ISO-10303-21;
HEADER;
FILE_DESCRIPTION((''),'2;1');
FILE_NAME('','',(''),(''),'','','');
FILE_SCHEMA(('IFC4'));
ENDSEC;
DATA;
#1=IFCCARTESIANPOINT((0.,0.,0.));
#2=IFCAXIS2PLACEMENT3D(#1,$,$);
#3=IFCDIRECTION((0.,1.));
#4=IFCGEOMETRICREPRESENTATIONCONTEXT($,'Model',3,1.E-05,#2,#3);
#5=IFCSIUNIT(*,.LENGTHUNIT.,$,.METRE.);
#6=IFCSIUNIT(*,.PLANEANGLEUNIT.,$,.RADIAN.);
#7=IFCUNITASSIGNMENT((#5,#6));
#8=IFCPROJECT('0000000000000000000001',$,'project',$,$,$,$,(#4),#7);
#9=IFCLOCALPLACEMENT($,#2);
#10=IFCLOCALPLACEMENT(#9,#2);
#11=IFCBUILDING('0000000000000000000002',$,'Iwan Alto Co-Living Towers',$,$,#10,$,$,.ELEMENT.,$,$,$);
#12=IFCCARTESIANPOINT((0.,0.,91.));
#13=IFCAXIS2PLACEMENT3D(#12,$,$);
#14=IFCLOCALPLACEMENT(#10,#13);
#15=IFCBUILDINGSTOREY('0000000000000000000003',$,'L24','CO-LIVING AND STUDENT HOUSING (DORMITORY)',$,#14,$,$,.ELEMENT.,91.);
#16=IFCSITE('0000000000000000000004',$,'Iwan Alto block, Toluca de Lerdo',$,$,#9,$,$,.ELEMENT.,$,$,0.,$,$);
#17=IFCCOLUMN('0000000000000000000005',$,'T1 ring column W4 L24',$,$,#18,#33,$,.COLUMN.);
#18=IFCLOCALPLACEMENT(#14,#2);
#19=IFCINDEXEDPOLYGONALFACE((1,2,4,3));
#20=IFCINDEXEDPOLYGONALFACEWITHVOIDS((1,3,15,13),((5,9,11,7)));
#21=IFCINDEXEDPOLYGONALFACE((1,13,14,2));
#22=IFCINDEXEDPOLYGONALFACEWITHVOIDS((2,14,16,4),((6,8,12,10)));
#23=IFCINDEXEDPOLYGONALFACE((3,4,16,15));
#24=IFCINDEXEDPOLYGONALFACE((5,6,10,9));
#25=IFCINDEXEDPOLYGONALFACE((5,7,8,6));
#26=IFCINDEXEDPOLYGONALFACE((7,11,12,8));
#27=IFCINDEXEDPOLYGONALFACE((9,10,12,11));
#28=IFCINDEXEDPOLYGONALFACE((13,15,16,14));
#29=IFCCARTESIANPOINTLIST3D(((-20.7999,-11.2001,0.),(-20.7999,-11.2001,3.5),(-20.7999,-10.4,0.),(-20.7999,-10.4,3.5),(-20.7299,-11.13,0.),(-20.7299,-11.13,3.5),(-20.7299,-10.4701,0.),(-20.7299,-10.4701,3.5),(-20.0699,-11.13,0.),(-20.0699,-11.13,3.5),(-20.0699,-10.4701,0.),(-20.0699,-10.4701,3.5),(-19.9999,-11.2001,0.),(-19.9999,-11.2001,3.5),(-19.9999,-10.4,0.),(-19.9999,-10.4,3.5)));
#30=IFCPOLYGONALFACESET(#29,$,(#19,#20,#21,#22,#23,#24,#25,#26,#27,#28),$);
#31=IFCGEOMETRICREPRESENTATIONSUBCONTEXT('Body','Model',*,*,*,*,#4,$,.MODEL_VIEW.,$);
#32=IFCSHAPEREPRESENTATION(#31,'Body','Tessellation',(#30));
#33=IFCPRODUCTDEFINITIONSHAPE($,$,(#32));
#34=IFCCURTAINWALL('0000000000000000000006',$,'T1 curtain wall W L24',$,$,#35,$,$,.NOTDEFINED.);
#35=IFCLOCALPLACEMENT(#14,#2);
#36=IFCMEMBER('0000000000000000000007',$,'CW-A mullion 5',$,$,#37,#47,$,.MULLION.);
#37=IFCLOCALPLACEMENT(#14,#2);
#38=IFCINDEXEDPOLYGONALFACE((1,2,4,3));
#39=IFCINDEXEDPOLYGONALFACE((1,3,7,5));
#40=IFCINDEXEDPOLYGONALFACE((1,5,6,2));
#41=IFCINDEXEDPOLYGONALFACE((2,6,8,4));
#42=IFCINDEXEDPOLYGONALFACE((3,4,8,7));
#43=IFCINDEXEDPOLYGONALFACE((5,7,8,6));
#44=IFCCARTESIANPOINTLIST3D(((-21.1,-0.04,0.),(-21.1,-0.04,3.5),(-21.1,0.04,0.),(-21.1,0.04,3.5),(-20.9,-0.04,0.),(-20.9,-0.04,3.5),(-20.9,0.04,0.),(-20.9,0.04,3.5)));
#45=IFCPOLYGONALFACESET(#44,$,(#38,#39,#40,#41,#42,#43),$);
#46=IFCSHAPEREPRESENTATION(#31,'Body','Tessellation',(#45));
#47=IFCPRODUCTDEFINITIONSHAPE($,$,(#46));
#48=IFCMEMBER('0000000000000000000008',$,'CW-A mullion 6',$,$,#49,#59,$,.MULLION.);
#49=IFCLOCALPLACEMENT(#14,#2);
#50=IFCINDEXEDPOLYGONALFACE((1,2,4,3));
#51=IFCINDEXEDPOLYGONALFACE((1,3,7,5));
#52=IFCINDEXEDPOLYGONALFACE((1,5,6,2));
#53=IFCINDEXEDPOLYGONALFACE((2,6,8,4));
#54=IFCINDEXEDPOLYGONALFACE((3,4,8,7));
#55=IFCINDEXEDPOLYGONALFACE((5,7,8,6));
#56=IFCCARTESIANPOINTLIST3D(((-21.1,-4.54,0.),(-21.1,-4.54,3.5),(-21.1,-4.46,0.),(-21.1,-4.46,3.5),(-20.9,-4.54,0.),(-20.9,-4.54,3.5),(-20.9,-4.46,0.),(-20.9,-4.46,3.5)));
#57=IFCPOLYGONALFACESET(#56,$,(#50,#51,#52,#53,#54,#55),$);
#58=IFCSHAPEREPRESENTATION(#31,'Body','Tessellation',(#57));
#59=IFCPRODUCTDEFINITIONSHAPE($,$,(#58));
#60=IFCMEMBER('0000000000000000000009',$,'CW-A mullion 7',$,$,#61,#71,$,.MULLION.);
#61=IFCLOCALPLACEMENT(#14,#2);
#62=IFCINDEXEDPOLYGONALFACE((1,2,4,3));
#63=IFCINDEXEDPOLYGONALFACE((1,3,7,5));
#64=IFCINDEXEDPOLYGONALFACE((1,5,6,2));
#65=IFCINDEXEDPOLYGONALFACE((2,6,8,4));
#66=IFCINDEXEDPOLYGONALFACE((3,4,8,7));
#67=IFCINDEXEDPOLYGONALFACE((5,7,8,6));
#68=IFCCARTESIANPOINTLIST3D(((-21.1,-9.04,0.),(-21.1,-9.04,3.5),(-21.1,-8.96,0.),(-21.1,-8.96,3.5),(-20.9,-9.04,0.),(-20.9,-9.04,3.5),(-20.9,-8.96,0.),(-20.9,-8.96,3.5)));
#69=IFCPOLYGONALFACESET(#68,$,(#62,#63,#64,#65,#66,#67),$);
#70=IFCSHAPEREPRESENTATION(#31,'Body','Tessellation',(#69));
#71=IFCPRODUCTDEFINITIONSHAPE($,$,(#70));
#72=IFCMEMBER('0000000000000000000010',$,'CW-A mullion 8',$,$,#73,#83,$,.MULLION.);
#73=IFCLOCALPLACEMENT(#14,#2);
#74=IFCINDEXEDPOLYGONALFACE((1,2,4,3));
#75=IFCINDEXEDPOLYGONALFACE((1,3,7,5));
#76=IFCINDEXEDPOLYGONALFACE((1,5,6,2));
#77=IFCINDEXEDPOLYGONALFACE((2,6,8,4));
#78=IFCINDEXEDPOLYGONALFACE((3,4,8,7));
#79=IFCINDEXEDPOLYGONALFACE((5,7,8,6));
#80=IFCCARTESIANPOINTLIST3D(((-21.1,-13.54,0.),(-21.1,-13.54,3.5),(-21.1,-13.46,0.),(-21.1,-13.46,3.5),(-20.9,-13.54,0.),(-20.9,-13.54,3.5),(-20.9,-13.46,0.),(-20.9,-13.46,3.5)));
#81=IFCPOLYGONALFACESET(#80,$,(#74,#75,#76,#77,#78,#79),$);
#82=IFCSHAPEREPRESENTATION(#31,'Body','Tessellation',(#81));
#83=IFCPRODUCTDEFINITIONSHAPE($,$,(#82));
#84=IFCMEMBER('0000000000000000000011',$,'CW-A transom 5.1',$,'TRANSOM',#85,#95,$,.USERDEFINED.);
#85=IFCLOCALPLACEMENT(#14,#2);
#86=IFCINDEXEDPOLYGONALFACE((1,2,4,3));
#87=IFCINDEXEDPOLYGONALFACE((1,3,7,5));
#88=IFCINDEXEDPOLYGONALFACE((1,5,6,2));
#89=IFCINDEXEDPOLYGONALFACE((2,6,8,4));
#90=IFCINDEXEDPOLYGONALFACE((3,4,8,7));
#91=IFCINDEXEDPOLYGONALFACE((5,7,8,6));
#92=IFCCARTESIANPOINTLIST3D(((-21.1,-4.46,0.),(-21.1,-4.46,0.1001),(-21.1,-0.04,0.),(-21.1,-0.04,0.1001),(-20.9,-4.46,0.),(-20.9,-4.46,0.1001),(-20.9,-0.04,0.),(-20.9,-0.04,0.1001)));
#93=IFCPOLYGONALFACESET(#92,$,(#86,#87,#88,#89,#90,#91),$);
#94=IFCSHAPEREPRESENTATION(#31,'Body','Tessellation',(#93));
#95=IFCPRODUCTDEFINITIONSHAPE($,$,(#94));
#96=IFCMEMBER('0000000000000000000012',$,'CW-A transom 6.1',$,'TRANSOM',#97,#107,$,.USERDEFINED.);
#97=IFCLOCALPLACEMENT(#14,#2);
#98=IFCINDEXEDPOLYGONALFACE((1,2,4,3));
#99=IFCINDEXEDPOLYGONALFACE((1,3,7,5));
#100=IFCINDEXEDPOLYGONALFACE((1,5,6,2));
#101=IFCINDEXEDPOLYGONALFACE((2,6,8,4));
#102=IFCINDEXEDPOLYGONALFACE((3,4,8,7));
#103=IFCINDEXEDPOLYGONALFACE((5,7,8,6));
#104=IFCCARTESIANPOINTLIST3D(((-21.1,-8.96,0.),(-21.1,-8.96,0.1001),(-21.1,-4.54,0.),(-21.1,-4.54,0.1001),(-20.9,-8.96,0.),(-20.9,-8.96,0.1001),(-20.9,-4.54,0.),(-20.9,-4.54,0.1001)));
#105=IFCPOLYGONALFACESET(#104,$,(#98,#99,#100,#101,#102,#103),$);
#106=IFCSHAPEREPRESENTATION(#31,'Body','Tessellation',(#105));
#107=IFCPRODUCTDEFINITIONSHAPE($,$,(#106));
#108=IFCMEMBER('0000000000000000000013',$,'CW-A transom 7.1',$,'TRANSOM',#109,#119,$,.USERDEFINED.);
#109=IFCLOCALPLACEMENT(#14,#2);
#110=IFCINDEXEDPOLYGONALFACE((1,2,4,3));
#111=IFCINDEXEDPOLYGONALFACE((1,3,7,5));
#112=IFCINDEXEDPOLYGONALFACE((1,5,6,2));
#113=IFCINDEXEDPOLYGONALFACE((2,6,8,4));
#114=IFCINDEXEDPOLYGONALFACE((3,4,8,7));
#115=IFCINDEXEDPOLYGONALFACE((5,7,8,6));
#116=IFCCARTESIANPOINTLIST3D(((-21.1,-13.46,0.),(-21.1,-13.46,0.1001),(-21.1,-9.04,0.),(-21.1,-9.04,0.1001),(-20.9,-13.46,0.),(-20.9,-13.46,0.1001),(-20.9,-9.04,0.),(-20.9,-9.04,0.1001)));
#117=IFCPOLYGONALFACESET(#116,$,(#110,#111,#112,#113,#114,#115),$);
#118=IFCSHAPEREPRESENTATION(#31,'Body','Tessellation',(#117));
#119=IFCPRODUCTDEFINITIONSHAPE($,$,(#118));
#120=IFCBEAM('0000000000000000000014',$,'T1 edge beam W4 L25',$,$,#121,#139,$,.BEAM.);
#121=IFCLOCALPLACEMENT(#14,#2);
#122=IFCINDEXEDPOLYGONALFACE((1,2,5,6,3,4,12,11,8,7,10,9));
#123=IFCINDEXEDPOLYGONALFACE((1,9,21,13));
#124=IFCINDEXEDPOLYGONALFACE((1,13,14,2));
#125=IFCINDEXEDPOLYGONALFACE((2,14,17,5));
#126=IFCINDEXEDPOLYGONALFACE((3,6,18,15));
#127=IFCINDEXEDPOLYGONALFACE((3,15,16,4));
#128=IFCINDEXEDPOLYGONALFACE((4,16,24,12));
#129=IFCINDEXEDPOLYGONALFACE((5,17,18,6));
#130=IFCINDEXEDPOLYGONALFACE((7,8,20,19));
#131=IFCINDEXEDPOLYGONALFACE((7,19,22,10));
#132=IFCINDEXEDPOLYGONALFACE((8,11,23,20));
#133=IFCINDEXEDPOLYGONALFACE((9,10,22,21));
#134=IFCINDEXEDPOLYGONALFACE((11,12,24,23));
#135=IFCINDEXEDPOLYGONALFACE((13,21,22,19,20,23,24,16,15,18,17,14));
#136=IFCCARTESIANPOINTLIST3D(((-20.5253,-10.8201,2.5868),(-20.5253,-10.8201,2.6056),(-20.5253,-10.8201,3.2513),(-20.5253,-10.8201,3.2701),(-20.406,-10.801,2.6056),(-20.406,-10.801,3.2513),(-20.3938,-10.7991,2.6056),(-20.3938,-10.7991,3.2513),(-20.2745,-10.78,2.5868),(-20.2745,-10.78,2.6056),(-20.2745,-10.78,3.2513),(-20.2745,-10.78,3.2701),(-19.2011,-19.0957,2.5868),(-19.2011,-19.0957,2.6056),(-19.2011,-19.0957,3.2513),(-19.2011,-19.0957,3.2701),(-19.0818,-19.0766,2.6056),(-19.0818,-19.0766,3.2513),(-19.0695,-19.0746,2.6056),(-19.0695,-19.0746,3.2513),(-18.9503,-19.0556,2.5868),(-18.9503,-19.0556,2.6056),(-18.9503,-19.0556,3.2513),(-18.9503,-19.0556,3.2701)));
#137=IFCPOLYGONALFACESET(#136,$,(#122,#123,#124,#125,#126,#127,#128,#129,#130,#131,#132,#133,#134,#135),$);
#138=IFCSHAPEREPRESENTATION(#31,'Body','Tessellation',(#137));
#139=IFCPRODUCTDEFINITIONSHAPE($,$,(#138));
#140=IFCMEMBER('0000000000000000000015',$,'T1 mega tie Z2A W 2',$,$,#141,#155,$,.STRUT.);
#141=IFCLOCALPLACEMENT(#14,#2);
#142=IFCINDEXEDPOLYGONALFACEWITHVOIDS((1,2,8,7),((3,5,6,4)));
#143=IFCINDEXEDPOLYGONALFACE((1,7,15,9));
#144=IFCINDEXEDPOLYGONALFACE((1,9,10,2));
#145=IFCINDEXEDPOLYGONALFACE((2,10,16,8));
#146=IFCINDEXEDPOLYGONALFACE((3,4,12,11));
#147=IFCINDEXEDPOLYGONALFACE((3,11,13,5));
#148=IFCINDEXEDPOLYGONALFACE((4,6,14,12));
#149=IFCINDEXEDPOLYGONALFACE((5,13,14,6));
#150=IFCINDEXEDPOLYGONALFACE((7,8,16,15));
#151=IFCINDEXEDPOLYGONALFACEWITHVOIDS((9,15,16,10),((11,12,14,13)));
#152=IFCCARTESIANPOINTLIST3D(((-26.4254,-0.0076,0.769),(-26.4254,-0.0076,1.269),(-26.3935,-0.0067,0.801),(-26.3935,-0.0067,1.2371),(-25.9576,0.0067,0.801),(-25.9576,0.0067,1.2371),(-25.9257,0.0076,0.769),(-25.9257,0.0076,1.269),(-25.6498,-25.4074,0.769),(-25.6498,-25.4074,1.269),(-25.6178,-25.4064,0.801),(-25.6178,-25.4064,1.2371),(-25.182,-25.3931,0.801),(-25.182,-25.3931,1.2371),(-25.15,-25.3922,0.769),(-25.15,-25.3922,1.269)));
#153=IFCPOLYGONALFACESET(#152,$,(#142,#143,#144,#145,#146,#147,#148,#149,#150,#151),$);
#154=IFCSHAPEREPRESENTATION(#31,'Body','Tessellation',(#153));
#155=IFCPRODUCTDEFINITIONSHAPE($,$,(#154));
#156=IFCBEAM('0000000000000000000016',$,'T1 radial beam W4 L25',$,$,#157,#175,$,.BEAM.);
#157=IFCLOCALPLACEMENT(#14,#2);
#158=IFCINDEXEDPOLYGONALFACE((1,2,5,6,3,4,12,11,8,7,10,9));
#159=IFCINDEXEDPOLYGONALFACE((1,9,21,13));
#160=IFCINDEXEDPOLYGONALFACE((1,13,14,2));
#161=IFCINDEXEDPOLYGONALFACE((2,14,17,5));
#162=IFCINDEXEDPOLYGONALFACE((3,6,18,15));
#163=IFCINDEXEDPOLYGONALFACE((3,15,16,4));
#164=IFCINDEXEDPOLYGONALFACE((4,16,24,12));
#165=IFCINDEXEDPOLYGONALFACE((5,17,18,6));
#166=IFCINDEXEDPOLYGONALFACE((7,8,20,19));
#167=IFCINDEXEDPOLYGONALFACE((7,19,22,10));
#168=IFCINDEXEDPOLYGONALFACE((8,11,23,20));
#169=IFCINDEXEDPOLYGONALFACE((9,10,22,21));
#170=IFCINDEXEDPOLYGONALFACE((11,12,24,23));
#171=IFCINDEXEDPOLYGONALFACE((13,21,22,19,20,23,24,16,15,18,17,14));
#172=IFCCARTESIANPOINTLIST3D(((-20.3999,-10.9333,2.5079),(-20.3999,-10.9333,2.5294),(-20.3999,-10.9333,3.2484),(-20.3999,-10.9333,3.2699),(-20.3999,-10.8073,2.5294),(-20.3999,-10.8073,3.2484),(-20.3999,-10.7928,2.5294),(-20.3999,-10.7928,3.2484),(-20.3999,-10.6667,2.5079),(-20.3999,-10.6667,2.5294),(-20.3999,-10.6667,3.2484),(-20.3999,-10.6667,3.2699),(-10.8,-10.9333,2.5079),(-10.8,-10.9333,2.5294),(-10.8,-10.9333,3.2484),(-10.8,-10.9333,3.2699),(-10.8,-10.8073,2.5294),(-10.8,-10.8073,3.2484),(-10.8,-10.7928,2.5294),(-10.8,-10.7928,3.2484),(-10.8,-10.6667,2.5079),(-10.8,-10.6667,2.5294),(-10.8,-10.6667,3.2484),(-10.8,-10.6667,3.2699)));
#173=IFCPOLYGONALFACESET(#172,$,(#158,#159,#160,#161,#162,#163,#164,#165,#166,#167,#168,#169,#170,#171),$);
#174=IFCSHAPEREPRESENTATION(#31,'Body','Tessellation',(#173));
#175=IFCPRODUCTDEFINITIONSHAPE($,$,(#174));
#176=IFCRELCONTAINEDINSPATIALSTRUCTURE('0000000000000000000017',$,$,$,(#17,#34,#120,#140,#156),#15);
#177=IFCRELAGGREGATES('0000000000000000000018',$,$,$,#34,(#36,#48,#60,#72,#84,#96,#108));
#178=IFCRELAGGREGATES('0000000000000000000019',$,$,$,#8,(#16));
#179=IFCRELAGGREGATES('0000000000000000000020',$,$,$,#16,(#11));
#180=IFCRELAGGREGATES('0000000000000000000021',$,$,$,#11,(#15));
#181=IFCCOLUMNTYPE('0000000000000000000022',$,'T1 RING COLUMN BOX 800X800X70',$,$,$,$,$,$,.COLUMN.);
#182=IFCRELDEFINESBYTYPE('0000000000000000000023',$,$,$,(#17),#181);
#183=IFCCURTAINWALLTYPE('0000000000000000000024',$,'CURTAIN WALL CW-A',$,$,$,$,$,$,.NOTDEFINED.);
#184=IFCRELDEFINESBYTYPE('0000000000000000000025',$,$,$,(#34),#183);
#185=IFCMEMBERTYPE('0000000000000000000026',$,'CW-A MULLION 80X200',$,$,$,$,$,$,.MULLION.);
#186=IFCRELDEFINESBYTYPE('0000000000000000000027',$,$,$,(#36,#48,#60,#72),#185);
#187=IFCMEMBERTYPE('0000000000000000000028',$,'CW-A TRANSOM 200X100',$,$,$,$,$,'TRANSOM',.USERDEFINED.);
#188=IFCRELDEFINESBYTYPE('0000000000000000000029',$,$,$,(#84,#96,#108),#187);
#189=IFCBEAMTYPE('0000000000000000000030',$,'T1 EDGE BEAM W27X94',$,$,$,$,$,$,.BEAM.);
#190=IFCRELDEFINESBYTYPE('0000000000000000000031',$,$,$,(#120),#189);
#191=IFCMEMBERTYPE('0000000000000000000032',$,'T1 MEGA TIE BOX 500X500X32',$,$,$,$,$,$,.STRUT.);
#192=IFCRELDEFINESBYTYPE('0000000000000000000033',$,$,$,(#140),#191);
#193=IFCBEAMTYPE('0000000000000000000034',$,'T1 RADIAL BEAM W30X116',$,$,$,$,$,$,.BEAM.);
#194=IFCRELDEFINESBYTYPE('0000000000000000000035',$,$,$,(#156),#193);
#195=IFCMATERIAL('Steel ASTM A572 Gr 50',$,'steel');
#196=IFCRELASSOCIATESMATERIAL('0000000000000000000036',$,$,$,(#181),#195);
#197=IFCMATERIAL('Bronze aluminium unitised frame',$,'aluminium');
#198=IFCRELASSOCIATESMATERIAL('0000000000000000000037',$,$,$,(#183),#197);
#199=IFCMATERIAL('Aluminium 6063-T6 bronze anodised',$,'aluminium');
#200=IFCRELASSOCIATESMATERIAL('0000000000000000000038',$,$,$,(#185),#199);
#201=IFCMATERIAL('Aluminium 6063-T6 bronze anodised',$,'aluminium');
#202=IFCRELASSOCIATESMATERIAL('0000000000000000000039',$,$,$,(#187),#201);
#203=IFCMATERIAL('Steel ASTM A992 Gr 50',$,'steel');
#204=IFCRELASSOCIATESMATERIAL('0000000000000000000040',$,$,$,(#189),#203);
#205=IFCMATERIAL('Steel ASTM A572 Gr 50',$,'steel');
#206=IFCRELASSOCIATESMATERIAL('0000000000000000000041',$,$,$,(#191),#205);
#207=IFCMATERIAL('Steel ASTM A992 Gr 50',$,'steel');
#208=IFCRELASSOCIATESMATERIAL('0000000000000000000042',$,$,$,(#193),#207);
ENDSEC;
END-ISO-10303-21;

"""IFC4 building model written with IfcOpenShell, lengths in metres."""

from ifc_helpers import new_model, si_unit, direction, frame, origin, origin_2d, place, context, subcontext, project, spatial, rectangle, hollow_rectangle, i_section, extrude, material, material_profile, profile_set, type_object, element, aggregate, save


model = new_model("IFC4")

# Units and contexts
model_context = context("Model", 3, precision=1e-05, world=origin(), true_north=direction((0.0, 1.0)))
body_context = subcontext(model_context, "Body", "Model", "MODEL_VIEW")
ifc_project = project(units=[si_unit("LENGTHUNIT", "METRE"), si_unit("PLANEANGLEUNIT", "RADIAN")], contexts=[model_context])

# Site, building, storey
site_placement = place(None, origin())
site = spatial("IfcSite", under=ifc_project, at=site_placement, Name="Iwan Alto block, Toluca de Lerdo", CompositionType="ELEMENT", RefElevation=0.0)
building_placement = place(site_placement, origin())
building = spatial("IfcBuilding", under=site, at=building_placement, Name="Iwan Alto Co-Living Towers", CompositionType="ELEMENT")
storey_placement = place(building_placement, frame((0.0, 0.0, 91.0)))
storey = spatial("IfcBuildingStorey", under=building, at=storey_placement, Name="L24", Description="CO-LIVING AND STUDENT HOUSING (DORMITORY)", CompositionType="ELEMENT", Elevation=91.0)

# Column
ifc_material_1 = material(Name="Steel ASTM A572 Gr 50", Category="steel")
ifc_material_profile_1 = material_profile(ifc_material_1, hollow_rectangle(XDim=0.8, YDim=0.8, WallThickness=0.0701, at=origin_2d()), Name="BOX 800X800X70")
ifc_profile_set_1 = profile_set([ifc_material_profile_1], Name="Steel ASTM A572 Gr 50")
column_type = type_object("IfcColumnType", Name="T1 RING COLUMN BOX 800X800X70", PredefinedType="COLUMN", material=ifc_profile_set_1)
column_placement = place(storey_placement, frame((-20.3999, -10.8, 0.0), z_axis=(0.0, 0.0, 1.0), x_axis=(1.0, 0.0, 0.0)))
element("IfcColumn", 1, at=column_placement, inside=storey, type_object=column_type, Name="T1 ring column W4 L24", PredefinedType="COLUMN", context=body_context, shape_type="SweptSolid", body=[
    extrude(hollow_rectangle(XDim=0.8, YDim=0.8, WallThickness=0.0701, at=origin_2d()), origin(), (0.0, 0.0, 1.0), 3.5),
])

# Curtain wall, members
ifc_material_2 = material(Name="Bronze aluminium unitised frame", Category="aluminium")
curtain_wall_type = type_object("IfcCurtainWallType", Name="CURTAIN WALL CW-A", PredefinedType="NOTDEFINED", material=ifc_material_2)
curtain_wall_placement = place(storey_placement, origin())
curtain_wall = element("IfcCurtainWall", 2, at=curtain_wall_placement, inside=storey, type_object=curtain_wall_type, Name="T1 curtain wall W L24", PredefinedType="NOTDEFINED")
ifc_material_3 = material(Name="Aluminium 6063-T6 bronze anodised", Category="aluminium")
ifc_material_profile_2 = material_profile(ifc_material_3, rectangle(XDim=0.2, YDim=0.0801, at=origin_2d()), Name="AL 80X200")
ifc_profile_set_2 = profile_set([ifc_material_profile_2], Name="Aluminium 6063-T6 bronze anodised")
member_type_1 = type_object("IfcMemberType", Name="CW-A MULLION 80X200", PredefinedType="MULLION", material=ifc_profile_set_2)
member_1_placement = place(storey_placement, frame((-21.0, 0.0, 0.0), z_axis=(0.0, 0.0, 1.0), x_axis=(1.0, 0.0, 0.0)))
member_1 = element("IfcMember", 3, at=member_1_placement, type_object=member_type_1, Name="CW-A mullion 5", PredefinedType="MULLION", context=body_context, shape_type="SweptSolid", body=[
    extrude(rectangle(XDim=0.2, YDim=0.0801, at=origin_2d()), origin(), (0.0, 0.0, 1.0), 3.5),
])
member_2_placement = place(storey_placement, frame((-21.0, -4.5, 0.0), z_axis=(0.0, 0.0, 1.0), x_axis=(1.0, 0.0, 0.0)))
member_2 = element("IfcMember", 4, at=member_2_placement, type_object=member_type_1, Name="CW-A mullion 6", PredefinedType="MULLION", context=body_context, shape_type="SweptSolid", body=[
    extrude(rectangle(XDim=0.2, YDim=0.0801, at=origin_2d()), origin(), (0.0, 0.0, 1.0), 3.5),
])
member_3_placement = place(storey_placement, frame((-21.0, -9.0, 0.0), z_axis=(0.0, 0.0, 1.0), x_axis=(1.0, 0.0, 0.0)))
member_3 = element("IfcMember", 5, at=member_3_placement, type_object=member_type_1, Name="CW-A mullion 7", PredefinedType="MULLION", context=body_context, shape_type="SweptSolid", body=[
    extrude(rectangle(XDim=0.2, YDim=0.0801, at=origin_2d()), origin(), (0.0, 0.0, 1.0), 3.5),
])
member_4_placement = place(storey_placement, frame((-21.0, -13.5, 0.0), z_axis=(0.0, 0.0, 1.0), x_axis=(1.0, 0.0, 0.0)))
member_4 = element("IfcMember", 6, at=member_4_placement, type_object=member_type_1, Name="CW-A mullion 8", PredefinedType="MULLION", context=body_context, shape_type="SweptSolid", body=[
    extrude(rectangle(XDim=0.2, YDim=0.0801, at=origin_2d()), origin(), (0.0, 0.0, 1.0), 3.5),
])
ifc_material_4 = material(Name="Aluminium 6063-T6 bronze anodised", Category="aluminium")
ifc_material_profile_3 = material_profile(ifc_material_4, rectangle(XDim=0.2, YDim=0.1001, at=origin_2d()), Name="AL 200X100")
ifc_profile_set_3 = profile_set([ifc_material_profile_3], Name="Aluminium 6063-T6 bronze anodised")
member_type_2 = type_object("IfcMemberType", Name="CW-A TRANSOM 200X100", ElementType="TRANSOM", PredefinedType="USERDEFINED", material=ifc_profile_set_3)
member_5_placement = place(storey_placement, frame((-21.0, -0.04, 0.05), z_axis=(0.0, -1.0, 0.0), x_axis=(1.0, 0.0, 0.0)))
member_5 = element("IfcMember", 7, at=member_5_placement, type_object=member_type_2, Name="CW-A transom 5.1", ObjectType="TRANSOM", PredefinedType="USERDEFINED", context=body_context, shape_type="SweptSolid", body=[
    extrude(rectangle(XDim=0.2, YDim=0.1001, at=origin_2d()), origin(), (0.0, 0.0, 1.0), 4.4199),
])
member_6_placement = place(storey_placement, frame((-21.0, -4.54, 0.05), z_axis=(0.0, -1.0, 0.0), x_axis=(1.0, 0.0, 0.0)))
member_6 = element("IfcMember", 8, at=member_6_placement, type_object=member_type_2, Name="CW-A transom 6.1", ObjectType="TRANSOM", PredefinedType="USERDEFINED", context=body_context, shape_type="SweptSolid", body=[
    extrude(rectangle(XDim=0.2, YDim=0.1001, at=origin_2d()), origin(), (0.0, 0.0, 1.0), 4.4199),
])
member_7_placement = place(storey_placement, frame((-21.0, -9.04, 0.05), z_axis=(0.0, -1.0, 0.0), x_axis=(1.0, 0.0, 0.0)))
member_7 = element("IfcMember", 9, at=member_7_placement, type_object=member_type_2, Name="CW-A transom 7.1", ObjectType="TRANSOM", PredefinedType="USERDEFINED", context=body_context, shape_type="SweptSolid", body=[
    extrude(rectangle(XDim=0.2, YDim=0.1001, at=origin_2d()), origin(), (0.0, 0.0, 1.0), 4.4199),
])

# Beam
ifc_material_5 = material(Name="Steel ASTM A992 Gr 50", Category="steel")
ifc_material_profile_4 = material_profile(ifc_material_5, i_section(OverallWidth=0.2539, OverallDepth=0.6833, WebThickness=0.0125, FlangeThickness=0.0188, at=origin_2d()), Name="W27X94")
ifc_profile_set_4 = profile_set([ifc_material_profile_4], Name="Steel ASTM A992 Gr 50")
beam_type_1 = type_object("IfcBeamType", Name="T1 EDGE BEAM W27X94", PredefinedType="BEAM", material=ifc_profile_set_4)
beam_1_placement = place(storey_placement, frame((-20.3999, -10.8, 2.9285), z_axis=(0.158004, -0.987438, 0.0), x_axis=(0.987438, 0.158004, 0.0)))
element("IfcBeam", 10, at=beam_1_placement, inside=storey, type_object=beam_type_1, Name="T1 edge beam W4 L25", PredefinedType="BEAM", context=body_context, shape_type="SweptSolid", body=[
    extrude(i_section(OverallWidth=0.2539, OverallDepth=0.6833, WebThickness=0.0125, FlangeThickness=0.0188, at=origin_2d()), origin(), (0.0, 0.0, 1.0), 8.3809),
])

# Member
ifc_material_6 = material(Name="Steel ASTM A572 Gr 50", Category="steel")
ifc_material_profile_5 = material_profile(ifc_material_6, hollow_rectangle(XDim=0.5, YDim=0.5, WallThickness=0.032, at=origin_2d()), Name="BOX 500X500X32")
ifc_profile_set_5 = profile_set([ifc_material_profile_5], Name="Steel ASTM A572 Gr 50")
member_type_3 = type_object("IfcMemberType", Name="T1 MEGA TIE BOX 500X500X32", PredefinedType="STRUT", material=ifc_profile_set_5)
member_8_placement = place(storey_placement, frame((-26.1755, 0.0, 1.019), z_axis=(0.030523, -0.999534, 0.0), x_axis=(0.999534, 0.030523, 0.0)))
element("IfcMember", 11, at=member_8_placement, inside=storey, type_object=member_type_3, Name="T1 mega tie Z2A W 2", PredefinedType="STRUT", context=body_context, shape_type="SweptSolid", body=[
    extrude(hollow_rectangle(XDim=0.5, YDim=0.5, WallThickness=0.032, at=origin_2d()), origin(), (0.0, 0.0, 1.0), 25.4116),
])

# Beam
ifc_material_7 = material(Name="Steel ASTM A992 Gr 50", Category="steel")
ifc_material_profile_6 = material_profile(ifc_material_7, i_section(OverallWidth=0.2666, OverallDepth=0.762, WebThickness=0.0144, FlangeThickness=0.0215, at=origin_2d()), Name="W30X116")
ifc_profile_set_6 = profile_set([ifc_material_profile_6], Name="Steel ASTM A992 Gr 50")
beam_type_2 = type_object("IfcBeamType", Name="T1 RADIAL BEAM W30X116", PredefinedType="BEAM", material=ifc_profile_set_6)
beam_2_placement = place(storey_placement, frame((-20.3999, -10.8, 2.8889), z_axis=(1.0, 0.0, 0.0), x_axis=(0.0, 1.0, 0.0)))
element("IfcBeam", 12, at=beam_2_placement, inside=storey, type_object=beam_type_2, Name="T1 radial beam W4 L25", PredefinedType="BEAM", context=body_context, shape_type="SweptSolid", body=[
    extrude(i_section(OverallWidth=0.2666, OverallDepth=0.762, WebThickness=0.0144, FlangeThickness=0.0215, at=origin_2d()), origin(), (0.0, 0.0, 1.0), 9.5999),
])

aggregate(curtain_wall, [member_1, member_2, member_3, member_4, member_5, member_6, member_7])

save(model, "model.ifc")
